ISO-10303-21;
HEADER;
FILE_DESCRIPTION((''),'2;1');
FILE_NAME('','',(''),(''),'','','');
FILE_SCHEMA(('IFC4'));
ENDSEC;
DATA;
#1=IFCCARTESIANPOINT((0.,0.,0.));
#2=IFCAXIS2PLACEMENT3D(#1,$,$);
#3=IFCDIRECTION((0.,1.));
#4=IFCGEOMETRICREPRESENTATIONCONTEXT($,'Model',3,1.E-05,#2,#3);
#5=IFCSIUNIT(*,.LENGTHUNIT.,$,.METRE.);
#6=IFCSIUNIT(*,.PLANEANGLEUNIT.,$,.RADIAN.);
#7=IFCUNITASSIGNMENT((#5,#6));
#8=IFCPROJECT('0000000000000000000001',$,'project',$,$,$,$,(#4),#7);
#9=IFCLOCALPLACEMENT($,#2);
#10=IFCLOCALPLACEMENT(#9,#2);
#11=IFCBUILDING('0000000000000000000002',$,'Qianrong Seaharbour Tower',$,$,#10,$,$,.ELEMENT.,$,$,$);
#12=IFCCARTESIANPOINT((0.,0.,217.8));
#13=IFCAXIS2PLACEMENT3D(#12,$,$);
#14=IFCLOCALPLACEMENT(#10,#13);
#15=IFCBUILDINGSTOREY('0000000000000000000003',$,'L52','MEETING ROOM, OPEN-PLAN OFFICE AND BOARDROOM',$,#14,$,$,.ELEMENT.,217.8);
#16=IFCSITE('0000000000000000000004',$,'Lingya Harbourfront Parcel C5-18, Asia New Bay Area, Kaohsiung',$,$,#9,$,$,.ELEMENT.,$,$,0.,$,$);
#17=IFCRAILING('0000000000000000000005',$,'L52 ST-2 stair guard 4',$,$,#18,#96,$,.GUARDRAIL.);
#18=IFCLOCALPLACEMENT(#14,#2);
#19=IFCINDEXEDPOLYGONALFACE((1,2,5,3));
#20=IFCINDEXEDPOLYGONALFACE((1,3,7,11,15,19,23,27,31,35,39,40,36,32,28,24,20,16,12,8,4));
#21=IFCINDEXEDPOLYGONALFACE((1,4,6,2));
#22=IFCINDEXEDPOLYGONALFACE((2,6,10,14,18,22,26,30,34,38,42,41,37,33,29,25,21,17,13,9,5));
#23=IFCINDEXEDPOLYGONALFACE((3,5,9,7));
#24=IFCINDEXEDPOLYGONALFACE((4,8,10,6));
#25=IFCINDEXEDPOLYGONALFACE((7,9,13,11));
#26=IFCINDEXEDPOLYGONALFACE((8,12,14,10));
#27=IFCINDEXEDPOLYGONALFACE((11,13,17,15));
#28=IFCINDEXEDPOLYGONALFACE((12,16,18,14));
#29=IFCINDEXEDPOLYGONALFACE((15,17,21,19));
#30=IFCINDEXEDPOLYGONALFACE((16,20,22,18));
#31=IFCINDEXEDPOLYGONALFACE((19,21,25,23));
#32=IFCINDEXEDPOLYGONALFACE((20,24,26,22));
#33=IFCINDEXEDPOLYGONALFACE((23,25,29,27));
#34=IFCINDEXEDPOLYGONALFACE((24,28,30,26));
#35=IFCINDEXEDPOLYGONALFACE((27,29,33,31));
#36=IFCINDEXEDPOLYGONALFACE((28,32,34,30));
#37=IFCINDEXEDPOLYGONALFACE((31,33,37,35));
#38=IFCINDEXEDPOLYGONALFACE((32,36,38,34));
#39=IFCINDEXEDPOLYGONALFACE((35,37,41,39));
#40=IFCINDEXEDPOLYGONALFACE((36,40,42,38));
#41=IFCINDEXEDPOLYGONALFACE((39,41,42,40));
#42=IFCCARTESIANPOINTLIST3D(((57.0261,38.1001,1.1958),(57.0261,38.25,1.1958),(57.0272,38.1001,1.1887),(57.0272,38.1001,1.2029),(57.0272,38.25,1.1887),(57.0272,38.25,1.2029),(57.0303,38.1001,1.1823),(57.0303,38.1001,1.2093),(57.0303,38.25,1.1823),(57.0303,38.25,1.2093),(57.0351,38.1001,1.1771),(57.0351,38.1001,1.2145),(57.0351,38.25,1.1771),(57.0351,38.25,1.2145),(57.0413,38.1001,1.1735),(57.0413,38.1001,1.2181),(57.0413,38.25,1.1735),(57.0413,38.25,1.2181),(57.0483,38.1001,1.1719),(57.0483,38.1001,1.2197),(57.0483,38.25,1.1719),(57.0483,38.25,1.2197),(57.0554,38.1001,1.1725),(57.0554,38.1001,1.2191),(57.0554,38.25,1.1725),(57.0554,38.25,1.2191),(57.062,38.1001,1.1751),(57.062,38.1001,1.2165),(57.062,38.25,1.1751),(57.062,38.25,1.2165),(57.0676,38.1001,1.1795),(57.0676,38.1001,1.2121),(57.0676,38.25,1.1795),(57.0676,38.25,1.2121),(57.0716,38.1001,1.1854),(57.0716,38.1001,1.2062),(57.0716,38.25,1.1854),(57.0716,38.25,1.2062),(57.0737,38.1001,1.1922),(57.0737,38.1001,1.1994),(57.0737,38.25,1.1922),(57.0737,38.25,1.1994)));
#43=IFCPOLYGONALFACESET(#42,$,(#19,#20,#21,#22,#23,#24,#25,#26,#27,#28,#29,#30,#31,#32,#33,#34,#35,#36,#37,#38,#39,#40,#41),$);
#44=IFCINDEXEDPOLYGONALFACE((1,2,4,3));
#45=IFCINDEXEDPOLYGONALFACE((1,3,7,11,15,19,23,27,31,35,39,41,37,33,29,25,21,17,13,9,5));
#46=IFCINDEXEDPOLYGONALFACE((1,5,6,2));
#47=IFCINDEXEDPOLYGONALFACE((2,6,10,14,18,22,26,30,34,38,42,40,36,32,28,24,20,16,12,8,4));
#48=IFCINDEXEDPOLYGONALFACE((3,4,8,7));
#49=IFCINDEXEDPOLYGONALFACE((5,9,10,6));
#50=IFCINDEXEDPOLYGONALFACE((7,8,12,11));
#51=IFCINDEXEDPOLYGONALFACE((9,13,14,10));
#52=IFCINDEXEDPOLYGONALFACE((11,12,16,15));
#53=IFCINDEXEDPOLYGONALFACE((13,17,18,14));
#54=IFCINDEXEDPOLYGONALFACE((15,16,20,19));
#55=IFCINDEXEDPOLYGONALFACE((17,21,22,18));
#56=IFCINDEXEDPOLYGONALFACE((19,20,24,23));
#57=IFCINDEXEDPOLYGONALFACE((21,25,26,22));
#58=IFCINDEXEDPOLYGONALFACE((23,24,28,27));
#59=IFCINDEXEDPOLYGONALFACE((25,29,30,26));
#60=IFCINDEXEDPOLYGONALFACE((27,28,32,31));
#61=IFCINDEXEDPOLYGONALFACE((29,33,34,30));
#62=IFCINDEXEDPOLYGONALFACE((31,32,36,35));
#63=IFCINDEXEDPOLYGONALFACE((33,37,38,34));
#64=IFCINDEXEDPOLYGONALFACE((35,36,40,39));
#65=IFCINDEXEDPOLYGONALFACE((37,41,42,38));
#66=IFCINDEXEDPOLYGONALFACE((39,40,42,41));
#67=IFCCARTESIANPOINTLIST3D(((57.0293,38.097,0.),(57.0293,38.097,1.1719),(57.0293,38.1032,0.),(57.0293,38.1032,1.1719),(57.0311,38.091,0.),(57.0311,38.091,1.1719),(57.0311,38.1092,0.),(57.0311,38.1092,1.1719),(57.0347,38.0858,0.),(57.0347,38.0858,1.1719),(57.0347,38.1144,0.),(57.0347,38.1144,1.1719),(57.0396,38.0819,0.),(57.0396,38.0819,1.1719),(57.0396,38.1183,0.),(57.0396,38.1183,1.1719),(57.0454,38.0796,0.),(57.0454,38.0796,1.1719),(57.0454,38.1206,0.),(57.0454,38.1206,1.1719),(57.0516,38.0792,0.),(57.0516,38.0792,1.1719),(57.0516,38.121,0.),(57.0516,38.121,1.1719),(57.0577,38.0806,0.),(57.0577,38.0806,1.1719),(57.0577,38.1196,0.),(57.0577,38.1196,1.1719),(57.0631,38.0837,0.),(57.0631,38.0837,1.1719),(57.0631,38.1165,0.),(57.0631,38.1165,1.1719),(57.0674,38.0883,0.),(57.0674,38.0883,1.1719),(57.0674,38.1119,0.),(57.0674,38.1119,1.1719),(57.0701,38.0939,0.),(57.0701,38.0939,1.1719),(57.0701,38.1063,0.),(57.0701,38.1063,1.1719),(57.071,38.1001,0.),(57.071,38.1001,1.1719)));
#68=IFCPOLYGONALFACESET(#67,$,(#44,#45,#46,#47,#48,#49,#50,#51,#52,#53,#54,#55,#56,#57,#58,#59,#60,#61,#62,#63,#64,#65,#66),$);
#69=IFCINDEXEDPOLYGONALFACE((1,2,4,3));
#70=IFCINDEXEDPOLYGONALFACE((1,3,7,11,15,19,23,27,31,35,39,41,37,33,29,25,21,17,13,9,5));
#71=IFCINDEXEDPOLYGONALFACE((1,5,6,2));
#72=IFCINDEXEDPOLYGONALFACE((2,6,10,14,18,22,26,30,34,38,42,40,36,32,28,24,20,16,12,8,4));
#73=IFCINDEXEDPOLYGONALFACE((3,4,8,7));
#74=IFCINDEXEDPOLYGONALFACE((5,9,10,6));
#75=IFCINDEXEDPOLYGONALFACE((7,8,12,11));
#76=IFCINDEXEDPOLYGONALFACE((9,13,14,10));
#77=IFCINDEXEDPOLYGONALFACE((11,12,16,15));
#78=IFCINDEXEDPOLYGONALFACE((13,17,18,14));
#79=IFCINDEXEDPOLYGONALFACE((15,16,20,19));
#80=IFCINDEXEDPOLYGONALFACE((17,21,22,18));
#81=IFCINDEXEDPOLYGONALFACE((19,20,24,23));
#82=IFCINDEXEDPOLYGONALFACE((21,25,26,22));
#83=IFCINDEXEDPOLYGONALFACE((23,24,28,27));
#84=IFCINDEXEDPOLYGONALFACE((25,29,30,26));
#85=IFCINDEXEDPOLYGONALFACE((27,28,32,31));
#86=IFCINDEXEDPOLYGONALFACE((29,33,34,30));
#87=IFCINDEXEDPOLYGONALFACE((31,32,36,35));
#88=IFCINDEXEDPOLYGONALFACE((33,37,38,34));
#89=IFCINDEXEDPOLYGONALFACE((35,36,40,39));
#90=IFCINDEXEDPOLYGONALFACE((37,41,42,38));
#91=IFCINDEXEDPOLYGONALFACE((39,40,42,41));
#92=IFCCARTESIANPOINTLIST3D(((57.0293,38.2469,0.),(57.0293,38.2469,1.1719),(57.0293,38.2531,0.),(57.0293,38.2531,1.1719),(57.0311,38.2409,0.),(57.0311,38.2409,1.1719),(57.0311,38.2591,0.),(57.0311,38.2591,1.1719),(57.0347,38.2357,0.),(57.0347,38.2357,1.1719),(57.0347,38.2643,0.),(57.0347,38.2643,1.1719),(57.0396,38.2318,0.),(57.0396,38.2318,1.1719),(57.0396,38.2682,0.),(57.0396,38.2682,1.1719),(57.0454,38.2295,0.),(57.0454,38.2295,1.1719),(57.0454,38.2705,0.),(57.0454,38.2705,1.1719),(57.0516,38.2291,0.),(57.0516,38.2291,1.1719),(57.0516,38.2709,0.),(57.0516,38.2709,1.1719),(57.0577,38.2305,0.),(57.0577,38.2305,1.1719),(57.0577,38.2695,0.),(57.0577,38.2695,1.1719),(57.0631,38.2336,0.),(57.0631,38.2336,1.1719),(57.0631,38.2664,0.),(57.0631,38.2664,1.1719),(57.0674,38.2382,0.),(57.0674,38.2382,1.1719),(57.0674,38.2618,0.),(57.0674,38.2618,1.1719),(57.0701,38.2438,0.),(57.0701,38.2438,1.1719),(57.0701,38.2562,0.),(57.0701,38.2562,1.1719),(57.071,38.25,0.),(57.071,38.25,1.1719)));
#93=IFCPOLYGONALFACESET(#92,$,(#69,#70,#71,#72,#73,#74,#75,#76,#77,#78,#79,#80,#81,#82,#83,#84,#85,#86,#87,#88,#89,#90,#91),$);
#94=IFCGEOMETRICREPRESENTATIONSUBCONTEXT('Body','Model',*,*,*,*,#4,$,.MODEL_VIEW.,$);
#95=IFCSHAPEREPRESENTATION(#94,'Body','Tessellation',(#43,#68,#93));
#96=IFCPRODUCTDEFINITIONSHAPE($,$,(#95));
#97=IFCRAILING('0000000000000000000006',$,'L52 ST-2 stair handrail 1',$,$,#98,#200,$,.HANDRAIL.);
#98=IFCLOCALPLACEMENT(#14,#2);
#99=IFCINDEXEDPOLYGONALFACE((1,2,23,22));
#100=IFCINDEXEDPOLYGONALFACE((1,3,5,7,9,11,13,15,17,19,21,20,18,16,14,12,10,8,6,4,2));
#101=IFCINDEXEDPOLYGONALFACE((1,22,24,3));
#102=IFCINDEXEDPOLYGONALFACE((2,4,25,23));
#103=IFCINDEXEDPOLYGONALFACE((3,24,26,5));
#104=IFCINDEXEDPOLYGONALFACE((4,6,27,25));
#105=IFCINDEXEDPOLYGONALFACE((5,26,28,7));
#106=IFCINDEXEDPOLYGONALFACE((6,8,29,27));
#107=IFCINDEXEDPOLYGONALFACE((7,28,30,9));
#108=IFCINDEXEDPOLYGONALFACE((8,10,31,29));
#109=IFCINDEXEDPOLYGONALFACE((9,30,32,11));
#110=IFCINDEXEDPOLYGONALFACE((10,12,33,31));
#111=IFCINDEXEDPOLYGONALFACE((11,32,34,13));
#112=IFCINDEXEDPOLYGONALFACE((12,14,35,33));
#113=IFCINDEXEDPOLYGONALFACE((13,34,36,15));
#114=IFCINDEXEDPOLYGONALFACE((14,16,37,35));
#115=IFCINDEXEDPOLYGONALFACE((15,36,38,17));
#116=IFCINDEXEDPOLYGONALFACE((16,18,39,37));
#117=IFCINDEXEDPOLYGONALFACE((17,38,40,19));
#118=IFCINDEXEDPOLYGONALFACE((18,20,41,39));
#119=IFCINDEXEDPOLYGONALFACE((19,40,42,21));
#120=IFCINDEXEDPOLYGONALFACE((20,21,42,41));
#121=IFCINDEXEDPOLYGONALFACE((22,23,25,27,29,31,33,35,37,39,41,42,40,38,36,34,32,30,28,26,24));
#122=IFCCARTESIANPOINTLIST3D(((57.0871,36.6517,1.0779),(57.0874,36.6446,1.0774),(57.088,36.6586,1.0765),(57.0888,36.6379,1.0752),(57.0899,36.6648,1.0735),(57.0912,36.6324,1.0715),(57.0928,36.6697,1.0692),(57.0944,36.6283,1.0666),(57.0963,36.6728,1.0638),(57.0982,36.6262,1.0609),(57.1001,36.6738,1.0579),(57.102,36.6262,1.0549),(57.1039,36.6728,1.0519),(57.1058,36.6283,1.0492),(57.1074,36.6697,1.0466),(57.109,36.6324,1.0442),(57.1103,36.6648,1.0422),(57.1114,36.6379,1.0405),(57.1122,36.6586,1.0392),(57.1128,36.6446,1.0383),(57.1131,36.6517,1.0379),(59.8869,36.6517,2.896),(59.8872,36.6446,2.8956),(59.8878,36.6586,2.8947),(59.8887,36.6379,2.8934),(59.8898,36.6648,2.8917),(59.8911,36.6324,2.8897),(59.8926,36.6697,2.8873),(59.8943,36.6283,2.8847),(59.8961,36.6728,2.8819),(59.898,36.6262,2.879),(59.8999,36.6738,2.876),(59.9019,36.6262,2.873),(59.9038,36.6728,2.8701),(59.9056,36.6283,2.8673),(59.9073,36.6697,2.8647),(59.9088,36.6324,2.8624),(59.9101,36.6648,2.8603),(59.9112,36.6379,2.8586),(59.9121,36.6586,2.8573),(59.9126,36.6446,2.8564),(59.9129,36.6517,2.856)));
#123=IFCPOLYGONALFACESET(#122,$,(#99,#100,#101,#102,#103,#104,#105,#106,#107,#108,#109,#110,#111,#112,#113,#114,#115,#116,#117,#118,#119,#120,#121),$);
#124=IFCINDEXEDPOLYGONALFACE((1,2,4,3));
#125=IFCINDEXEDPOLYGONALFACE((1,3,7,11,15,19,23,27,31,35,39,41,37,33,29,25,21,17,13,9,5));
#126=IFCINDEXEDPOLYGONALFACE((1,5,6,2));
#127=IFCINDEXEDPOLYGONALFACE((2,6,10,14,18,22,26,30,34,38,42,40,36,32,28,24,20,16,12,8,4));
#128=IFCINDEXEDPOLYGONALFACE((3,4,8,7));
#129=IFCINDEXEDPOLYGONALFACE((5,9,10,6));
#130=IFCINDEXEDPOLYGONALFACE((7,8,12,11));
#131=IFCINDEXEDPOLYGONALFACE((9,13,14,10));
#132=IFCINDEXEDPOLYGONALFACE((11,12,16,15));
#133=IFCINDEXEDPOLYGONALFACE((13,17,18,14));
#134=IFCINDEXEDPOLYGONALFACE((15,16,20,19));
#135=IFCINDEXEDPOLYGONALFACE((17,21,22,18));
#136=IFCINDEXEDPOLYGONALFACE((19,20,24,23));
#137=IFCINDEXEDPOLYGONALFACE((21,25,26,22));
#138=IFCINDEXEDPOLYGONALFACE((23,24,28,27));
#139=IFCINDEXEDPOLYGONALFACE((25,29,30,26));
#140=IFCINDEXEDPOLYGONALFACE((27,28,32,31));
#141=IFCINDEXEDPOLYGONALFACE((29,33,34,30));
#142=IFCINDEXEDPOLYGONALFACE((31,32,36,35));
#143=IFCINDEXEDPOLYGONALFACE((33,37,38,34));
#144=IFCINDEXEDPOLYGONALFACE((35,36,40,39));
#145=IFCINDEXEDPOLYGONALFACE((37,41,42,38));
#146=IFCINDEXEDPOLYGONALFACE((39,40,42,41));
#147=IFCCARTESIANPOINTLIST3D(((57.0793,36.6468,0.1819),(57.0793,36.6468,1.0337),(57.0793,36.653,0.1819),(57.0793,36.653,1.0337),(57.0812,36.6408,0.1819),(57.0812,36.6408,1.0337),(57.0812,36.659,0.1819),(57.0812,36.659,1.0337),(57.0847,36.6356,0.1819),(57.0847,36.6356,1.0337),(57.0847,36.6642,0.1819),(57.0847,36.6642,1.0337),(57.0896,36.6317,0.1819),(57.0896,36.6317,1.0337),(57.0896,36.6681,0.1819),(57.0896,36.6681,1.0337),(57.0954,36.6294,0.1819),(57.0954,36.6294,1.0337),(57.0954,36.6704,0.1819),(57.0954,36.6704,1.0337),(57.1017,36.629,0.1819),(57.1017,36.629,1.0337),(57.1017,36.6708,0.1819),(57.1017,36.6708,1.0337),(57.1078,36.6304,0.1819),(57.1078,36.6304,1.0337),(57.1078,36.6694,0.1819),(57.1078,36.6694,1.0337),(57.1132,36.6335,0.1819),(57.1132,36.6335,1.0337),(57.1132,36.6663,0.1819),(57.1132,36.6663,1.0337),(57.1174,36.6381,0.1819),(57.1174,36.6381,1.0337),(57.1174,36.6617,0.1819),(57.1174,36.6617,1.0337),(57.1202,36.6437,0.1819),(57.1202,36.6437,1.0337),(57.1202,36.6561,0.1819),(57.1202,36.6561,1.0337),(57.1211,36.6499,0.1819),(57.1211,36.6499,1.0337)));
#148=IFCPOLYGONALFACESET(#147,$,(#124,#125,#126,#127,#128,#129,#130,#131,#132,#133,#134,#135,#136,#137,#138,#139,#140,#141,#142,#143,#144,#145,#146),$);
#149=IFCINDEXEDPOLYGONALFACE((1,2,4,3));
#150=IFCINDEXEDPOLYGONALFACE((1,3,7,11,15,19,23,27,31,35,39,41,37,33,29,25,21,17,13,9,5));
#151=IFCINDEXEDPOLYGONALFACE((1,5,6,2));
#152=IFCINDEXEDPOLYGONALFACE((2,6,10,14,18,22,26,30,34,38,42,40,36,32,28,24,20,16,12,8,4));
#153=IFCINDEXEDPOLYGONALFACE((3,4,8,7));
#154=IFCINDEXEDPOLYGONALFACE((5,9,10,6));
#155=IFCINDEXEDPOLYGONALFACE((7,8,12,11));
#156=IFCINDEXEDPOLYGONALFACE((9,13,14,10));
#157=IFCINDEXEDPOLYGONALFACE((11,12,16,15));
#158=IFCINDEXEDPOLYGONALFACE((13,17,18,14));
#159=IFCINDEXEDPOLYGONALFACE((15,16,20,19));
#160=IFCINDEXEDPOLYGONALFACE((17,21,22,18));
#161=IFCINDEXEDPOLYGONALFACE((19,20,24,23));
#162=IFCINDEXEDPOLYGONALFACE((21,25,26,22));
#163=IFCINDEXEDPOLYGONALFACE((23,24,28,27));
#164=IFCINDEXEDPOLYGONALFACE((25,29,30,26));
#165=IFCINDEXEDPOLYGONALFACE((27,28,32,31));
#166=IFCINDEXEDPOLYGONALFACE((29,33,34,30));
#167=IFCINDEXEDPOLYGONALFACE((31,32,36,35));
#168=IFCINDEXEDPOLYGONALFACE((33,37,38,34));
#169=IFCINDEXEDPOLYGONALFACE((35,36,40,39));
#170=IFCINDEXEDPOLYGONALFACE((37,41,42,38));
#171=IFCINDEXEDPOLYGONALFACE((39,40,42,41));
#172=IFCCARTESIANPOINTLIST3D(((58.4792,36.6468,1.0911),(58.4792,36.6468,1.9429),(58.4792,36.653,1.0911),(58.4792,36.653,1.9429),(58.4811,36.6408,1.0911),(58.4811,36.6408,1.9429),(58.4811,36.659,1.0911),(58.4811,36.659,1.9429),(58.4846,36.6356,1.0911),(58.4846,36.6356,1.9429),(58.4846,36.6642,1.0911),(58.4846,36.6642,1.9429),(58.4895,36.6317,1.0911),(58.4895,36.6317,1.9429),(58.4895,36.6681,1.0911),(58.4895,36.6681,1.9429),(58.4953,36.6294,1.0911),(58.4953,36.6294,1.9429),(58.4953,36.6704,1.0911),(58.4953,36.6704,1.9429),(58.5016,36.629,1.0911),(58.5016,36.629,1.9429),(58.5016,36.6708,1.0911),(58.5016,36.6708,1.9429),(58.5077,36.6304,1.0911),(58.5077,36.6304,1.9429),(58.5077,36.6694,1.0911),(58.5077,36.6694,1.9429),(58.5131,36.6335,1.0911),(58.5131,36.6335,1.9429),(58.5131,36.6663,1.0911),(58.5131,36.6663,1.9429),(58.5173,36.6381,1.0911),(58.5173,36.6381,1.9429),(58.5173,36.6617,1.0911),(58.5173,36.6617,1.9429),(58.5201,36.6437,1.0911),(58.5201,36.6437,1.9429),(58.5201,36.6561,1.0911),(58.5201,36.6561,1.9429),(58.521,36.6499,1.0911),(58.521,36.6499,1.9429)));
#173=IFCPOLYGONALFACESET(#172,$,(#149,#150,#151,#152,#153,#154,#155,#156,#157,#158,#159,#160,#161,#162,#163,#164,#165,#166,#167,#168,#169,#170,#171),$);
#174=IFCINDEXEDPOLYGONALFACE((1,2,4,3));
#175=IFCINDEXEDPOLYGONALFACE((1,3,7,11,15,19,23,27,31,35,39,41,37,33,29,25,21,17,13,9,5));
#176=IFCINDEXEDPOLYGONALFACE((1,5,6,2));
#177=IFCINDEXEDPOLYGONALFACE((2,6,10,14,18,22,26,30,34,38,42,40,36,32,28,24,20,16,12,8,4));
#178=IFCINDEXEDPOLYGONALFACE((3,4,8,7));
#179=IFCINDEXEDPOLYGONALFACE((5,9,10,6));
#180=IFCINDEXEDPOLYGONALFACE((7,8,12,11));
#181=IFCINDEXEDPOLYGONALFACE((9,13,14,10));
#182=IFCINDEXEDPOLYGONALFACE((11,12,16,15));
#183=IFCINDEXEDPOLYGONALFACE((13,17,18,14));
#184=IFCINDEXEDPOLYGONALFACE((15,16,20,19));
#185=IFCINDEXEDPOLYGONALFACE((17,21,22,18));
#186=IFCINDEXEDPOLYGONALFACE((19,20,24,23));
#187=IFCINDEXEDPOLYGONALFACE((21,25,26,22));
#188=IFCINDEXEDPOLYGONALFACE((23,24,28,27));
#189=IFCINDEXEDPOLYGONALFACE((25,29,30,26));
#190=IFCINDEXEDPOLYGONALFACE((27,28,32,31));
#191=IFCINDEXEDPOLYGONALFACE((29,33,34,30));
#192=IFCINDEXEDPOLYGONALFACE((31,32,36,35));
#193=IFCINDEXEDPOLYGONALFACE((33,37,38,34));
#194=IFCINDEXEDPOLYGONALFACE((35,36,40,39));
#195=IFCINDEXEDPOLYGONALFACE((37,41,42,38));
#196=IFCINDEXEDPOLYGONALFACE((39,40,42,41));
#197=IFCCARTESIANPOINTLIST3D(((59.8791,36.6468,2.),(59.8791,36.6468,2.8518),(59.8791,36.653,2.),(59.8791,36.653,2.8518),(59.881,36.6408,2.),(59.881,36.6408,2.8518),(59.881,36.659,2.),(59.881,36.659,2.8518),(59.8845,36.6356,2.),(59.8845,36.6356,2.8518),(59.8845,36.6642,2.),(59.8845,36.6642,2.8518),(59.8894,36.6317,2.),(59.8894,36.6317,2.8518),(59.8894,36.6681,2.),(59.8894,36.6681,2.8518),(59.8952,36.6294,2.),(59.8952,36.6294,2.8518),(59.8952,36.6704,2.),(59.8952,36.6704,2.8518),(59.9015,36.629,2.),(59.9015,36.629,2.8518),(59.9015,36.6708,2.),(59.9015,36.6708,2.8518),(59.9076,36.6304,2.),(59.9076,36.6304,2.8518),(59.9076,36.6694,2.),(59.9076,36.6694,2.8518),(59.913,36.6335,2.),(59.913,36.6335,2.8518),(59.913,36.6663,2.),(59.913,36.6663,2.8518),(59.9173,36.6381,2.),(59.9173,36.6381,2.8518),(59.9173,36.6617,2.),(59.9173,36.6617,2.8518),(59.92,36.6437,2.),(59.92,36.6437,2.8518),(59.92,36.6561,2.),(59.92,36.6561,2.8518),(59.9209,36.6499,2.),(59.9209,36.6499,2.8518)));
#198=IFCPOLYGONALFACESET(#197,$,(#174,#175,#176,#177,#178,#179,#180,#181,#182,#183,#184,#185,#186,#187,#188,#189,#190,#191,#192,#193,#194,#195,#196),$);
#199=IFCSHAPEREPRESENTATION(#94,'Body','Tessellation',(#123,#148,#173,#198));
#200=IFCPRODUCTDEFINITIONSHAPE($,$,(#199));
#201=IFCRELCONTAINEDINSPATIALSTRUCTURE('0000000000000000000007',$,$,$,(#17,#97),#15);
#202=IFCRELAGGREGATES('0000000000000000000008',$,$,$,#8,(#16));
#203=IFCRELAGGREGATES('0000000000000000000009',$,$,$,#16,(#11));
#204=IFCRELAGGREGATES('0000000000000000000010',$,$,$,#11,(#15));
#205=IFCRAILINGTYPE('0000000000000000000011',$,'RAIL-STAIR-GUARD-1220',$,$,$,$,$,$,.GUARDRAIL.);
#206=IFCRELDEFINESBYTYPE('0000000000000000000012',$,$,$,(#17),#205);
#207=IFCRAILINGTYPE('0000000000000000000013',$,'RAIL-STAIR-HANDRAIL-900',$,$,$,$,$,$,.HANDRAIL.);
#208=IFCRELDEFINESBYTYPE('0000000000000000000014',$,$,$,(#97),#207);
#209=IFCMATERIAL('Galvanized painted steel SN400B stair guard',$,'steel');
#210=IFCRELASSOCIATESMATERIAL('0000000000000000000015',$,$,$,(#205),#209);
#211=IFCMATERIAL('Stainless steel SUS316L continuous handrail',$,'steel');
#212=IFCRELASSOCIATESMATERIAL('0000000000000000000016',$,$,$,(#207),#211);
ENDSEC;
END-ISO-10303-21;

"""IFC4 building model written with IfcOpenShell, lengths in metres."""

from ifc_helpers import new_model, si_unit, direction, frame, origin, origin_2d, place, context, subcontext, project, spatial, circle, extrude, material, type_object, element, save


model = new_model("IFC4")

# Units and contexts
model_context = context("Model", 3, precision=1e-05, world=origin(), true_north=direction((0.0, 1.0)))
body_context = subcontext(model_context, "Body", "Model", "MODEL_VIEW")
ifc_project = project(units=[si_unit("LENGTHUNIT", "METRE"), si_unit("PLANEANGLEUNIT", "RADIAN")], contexts=[model_context])

# Site, building, storey
site_placement = place(None, origin())
site = spatial("IfcSite", under=ifc_project, at=site_placement, Name="Lingya Harbourfront Parcel C5-18, Asia New Bay Area, Kaohsiung", CompositionType="ELEMENT", RefElevation=0.0)
building_placement = place(site_placement, origin())
building = spatial("IfcBuilding", under=site, at=building_placement, Name="Qianrong Seaharbour Tower", CompositionType="ELEMENT")
storey_placement = place(building_placement, frame((0.0, 0.0, 217.8)))
storey = spatial("IfcBuildingStorey", under=building, at=storey_placement, Name="L52", Description="MEETING ROOM, OPEN-PLAN OFFICE AND BOARDROOM", CompositionType="ELEMENT", Elevation=217.8)

# Railings
ifc_material_1 = material(Name="Galvanized painted steel SN400B stair guard", Category="steel")
railing_type_1 = type_object("IfcRailingType", Name="RAIL-STAIR-GUARD-1220", PredefinedType="GUARDRAIL", material=ifc_material_1)
railing_1_placement = place(storey_placement, frame((57.05, 38.1001, 0.0)))
element("IfcRailing", 1, at=railing_1_placement, inside=storey, type_object=railing_type_1, Name="L52 ST-2 stair guard 4", PredefinedType="GUARDRAIL", context=body_context, shape_type="SweptSolid", body=[
    extrude(circle(Radius=0.0239, at=origin_2d()), frame((0.0, 0.0, 1.1958), z_axis=(0.0, 1.0, 0.0), x_axis=(-1.0, 0.0, 0.0)), (0.0, 0.0, 1.0), 0.1499),
    extrude(circle(Radius=0.021, at=origin_2d()), origin(), (0.0, 0.0, 1.0), 1.1719),
    extrude(circle(Radius=0.021, at=origin_2d()), frame((0.0, 0.1499, 0.0)), (0.0, 0.0, 1.0), 1.1719),
])
ifc_material_2 = material(Name="Stainless steel SUS316L continuous handrail", Category="steel")
railing_type_2 = type_object("IfcRailingType", Name="RAIL-STAIR-HANDRAIL-900", PredefinedType="HANDRAIL", material=ifc_material_2)
railing_2_placement = place(storey_placement, frame((57.1001, 36.6499, 0.1819)))
element("IfcRailing", 2, at=railing_2_placement, inside=storey, type_object=railing_type_2, Name="L52 ST-2 stair handrail 1", PredefinedType="HANDRAIL", context=body_context, shape_type="SweptSolid", body=[
    extrude(circle(Radius=0.0239, at=origin_2d()), frame((0.0, 0.0, 0.876), z_axis=(0.838684, 0.0, 0.544618), x_axis=(0.0, 1.0, 0.0)), (0.0, 0.0, 1.0), 3.3384),
    extrude(circle(Radius=0.021, at=origin_2d()), origin(), (0.0, 0.0, 1.0), 0.8518),
    extrude(circle(Radius=0.021, at=origin_2d()), frame((1.3999, 0.0, 0.9092)), (0.0, 0.0, 1.0), 0.8518),
    extrude(circle(Radius=0.021, at=origin_2d()), frame((2.7998, 0.0, 1.8181)), (0.0, 0.0, 1.0), 0.8518),
])

save(model, "model.ifc")
